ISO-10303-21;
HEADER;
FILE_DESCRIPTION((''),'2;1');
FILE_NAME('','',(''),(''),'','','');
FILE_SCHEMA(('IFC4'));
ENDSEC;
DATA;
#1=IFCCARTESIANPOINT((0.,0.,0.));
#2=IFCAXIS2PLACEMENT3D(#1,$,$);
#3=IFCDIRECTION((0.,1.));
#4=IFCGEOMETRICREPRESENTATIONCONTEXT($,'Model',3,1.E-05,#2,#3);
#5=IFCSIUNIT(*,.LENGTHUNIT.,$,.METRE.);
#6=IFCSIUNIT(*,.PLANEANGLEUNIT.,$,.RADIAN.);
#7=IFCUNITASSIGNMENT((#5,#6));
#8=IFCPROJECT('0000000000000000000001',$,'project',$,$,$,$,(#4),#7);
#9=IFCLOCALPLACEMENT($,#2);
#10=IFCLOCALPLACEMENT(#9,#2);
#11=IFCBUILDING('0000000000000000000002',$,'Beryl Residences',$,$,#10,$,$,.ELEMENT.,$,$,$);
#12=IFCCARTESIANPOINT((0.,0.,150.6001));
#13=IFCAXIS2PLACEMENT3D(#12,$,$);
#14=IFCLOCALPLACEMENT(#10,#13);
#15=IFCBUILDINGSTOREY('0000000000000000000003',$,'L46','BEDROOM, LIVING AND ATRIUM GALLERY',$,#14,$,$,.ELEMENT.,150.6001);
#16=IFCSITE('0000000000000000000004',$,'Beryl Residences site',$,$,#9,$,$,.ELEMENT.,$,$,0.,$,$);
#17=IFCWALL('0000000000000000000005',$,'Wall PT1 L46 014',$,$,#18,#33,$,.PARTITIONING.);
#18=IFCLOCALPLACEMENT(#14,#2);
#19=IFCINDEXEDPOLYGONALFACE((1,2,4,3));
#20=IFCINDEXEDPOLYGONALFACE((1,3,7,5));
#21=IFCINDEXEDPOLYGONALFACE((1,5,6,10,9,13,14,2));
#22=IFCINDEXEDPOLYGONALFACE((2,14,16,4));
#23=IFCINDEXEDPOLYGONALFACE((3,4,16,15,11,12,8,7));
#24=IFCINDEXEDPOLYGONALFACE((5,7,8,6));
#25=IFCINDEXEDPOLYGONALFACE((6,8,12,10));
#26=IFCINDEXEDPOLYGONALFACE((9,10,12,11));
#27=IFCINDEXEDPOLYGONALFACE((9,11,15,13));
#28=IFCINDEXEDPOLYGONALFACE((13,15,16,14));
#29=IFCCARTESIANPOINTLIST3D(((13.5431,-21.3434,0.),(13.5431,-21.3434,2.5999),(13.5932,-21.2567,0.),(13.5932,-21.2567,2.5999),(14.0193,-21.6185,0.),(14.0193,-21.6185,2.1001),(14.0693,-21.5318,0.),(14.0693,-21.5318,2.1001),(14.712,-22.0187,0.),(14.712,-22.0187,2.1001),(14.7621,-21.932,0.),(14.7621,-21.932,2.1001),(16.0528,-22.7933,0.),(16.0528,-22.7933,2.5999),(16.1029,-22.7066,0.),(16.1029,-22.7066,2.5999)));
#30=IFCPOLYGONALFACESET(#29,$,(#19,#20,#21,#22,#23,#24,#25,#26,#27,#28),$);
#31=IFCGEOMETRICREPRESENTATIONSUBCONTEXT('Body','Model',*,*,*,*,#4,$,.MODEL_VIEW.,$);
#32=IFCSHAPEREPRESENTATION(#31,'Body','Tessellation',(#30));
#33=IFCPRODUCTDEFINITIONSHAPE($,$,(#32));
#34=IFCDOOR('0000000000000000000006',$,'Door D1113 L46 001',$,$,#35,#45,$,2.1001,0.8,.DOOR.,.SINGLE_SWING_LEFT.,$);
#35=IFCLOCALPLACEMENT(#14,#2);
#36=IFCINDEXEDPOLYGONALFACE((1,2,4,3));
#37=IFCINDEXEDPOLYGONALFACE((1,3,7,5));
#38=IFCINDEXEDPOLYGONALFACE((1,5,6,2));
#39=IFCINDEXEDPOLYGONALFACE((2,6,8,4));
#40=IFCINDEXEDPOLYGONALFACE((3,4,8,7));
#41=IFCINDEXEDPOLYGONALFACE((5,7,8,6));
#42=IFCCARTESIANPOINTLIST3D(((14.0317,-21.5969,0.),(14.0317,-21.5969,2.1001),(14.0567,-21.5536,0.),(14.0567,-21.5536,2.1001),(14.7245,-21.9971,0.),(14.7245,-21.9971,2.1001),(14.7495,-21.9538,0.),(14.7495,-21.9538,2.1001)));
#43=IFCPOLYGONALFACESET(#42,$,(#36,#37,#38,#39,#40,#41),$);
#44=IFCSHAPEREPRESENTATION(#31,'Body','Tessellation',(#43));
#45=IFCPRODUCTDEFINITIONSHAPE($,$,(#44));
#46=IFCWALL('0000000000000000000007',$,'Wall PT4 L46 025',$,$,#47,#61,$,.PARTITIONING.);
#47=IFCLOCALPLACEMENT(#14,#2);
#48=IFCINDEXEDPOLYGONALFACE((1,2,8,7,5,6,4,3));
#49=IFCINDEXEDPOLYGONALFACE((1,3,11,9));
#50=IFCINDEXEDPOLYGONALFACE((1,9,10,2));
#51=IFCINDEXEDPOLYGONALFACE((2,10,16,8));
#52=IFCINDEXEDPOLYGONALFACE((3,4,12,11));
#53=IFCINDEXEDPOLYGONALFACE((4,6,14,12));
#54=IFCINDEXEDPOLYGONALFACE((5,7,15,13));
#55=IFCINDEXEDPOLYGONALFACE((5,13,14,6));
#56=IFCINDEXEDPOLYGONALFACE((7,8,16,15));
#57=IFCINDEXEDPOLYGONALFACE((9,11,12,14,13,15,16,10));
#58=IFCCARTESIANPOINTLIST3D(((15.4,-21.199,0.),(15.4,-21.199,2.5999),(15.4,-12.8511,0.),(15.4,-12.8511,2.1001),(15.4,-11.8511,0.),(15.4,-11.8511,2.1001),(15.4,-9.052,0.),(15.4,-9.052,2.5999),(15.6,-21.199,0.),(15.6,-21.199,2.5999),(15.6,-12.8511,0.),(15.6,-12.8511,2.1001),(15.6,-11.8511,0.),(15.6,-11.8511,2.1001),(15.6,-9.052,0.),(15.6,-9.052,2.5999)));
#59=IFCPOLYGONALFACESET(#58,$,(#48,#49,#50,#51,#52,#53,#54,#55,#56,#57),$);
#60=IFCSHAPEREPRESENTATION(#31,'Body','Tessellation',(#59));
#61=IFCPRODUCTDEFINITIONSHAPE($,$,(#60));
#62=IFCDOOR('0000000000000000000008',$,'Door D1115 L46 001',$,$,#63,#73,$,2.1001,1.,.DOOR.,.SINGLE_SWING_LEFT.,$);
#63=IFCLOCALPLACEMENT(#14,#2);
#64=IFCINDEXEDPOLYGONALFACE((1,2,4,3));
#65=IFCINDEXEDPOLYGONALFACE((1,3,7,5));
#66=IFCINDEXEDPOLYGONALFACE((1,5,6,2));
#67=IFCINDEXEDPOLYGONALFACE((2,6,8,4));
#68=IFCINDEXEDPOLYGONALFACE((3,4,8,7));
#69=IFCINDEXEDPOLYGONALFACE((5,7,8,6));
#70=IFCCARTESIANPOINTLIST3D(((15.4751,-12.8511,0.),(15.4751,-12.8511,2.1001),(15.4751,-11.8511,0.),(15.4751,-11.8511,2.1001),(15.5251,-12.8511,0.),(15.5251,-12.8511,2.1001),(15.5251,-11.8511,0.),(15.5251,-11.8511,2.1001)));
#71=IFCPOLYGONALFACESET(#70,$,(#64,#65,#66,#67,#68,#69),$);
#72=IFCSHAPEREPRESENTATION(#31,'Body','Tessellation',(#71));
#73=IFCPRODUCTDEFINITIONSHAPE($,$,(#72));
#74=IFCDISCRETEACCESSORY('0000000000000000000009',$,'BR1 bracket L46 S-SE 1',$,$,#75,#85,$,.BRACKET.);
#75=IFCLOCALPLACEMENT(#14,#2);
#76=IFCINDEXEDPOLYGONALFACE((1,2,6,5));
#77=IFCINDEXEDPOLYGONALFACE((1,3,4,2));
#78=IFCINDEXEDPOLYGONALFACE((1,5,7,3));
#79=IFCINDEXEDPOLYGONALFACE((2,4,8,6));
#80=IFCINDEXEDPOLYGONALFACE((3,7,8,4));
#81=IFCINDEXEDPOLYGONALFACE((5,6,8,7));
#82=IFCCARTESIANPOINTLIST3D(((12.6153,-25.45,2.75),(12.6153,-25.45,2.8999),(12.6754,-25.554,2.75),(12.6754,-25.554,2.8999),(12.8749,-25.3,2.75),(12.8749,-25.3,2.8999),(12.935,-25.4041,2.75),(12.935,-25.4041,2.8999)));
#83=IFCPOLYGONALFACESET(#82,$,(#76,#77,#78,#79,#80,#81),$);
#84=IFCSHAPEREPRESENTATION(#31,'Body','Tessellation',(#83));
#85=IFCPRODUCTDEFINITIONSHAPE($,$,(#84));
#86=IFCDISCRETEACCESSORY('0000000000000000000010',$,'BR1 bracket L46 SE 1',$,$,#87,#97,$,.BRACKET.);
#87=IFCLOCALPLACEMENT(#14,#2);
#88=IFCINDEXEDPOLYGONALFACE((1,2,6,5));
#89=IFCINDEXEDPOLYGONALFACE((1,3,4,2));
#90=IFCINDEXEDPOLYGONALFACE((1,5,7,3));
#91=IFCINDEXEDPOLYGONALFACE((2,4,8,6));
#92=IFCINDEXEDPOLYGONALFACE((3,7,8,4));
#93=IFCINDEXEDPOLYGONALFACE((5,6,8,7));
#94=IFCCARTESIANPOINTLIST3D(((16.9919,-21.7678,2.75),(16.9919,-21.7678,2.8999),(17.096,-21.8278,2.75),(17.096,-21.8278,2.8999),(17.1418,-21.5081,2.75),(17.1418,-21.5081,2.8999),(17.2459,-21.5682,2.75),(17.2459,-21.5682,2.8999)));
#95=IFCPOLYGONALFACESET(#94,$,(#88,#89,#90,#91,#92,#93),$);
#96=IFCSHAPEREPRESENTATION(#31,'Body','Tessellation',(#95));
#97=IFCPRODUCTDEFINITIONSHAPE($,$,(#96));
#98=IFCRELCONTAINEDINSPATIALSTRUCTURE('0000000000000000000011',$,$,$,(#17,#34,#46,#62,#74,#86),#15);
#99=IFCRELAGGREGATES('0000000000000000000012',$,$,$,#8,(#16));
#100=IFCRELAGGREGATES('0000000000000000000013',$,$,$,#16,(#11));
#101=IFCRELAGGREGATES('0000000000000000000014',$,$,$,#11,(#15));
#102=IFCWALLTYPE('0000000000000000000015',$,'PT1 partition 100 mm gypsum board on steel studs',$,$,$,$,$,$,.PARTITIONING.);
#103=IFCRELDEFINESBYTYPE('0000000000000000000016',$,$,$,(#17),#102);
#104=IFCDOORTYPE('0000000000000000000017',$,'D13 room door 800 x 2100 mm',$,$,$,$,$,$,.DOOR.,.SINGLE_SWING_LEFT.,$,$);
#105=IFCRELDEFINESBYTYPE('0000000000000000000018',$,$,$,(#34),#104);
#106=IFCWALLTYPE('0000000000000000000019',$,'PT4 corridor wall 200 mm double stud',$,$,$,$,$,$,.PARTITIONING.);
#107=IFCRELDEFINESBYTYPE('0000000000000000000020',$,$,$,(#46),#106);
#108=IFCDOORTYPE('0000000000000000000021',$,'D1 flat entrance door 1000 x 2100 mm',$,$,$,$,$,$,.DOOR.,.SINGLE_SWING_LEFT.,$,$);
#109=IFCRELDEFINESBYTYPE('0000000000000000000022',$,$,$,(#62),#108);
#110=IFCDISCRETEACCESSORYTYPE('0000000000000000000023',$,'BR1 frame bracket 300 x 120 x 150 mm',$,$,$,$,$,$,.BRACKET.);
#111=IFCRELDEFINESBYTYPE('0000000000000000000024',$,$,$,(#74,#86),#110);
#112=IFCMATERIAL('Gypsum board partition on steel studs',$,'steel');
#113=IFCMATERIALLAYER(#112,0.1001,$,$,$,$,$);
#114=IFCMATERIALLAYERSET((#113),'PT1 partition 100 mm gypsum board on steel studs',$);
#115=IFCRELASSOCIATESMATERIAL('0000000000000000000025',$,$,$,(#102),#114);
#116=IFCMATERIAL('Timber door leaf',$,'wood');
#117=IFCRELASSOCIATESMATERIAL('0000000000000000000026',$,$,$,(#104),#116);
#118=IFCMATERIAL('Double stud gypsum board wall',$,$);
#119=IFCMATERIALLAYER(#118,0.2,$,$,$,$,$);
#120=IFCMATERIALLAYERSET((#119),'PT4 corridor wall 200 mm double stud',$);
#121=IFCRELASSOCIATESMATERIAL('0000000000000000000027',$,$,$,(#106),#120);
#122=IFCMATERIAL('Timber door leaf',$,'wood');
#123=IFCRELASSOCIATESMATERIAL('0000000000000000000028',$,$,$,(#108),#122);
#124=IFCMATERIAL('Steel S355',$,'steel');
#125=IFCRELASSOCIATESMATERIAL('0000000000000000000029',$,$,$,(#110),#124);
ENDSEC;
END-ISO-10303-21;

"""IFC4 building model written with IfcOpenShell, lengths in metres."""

from ifc_helpers import new_model, si_unit, direction, frame, frame_2d, origin, place, context, subcontext, project, spatial, polyline, rectangle, outline, extrude, source, transform, mapped, material, layer, layer_set, type_object, type_shapes, element, fill, save


model = new_model("IFC4")

# Units and contexts
model_context = context("Model", 3, precision=1e-05, world=origin(), true_north=direction((0.0, 1.0)))
body_context = subcontext(model_context, "Body", "Model", "MODEL_VIEW")
ifc_project = project(units=[si_unit("LENGTHUNIT", "METRE"), si_unit("PLANEANGLEUNIT", "RADIAN")], contexts=[model_context])

# Site, building, storey
site_placement = place(None, origin())
site = spatial("IfcSite", under=ifc_project, at=site_placement, Name="Beryl Residences site", CompositionType="ELEMENT", RefElevation=0.0)
building_placement = place(site_placement, origin())
building = spatial("IfcBuilding", under=site, at=building_placement, Name="Beryl Residences", CompositionType="ELEMENT")
storey_placement = place(building_placement, frame((0.0, 0.0, 150.6001)))
storey = spatial("IfcBuildingStorey", under=building, at=storey_placement, Name="L46", Description="BEDROOM, LIVING AND ATRIUM GALLERY", CompositionType="ELEMENT", Elevation=150.6001)

# Walls, openings, doors
ifc_material_1 = material(Name="Gypsum board partition on steel studs", Category="steel")
ifc_layer_1 = layer(ifc_material_1, 0.1001)
ifc_layer_set_1 = layer_set([ifc_layer_1], Name="PT1 partition 100 mm gypsum board on steel studs")
wall_type_1 = type_object("IfcWallType", Name="PT1 partition 100 mm gypsum board on steel studs", PredefinedType="PARTITIONING", material=ifc_layer_set_1)
wall_1_placement = place(storey_placement, frame((13.5681, -21.3, 0.0), z_axis=(0.0, 0.0, 1.0), x_axis=(0.865885, -0.500243, 0.0)))
wall_1 = element("IfcWall", 1, at=wall_1_placement, inside=storey, type_object=wall_type_1, Name="Wall PT1 L46 014", PredefinedType="PARTITIONING", context=body_context, shape_type="SweptSolid", body=[
    extrude(rectangle(XDim=2.8984, YDim=0.1001, at=frame_2d((1.4492, 0.0))), origin(), (0.0, 0.0, 1.0), 2.5999),
])
opening_1_placement = place(wall_1_placement, frame((0.55, 0.0, 0.0)))
opening_1 = element("IfcOpeningElement", 2, at=opening_1_placement, cuts=wall_1, PredefinedType="OPENING", context=body_context, shape_type="SweptSolid", body=[
    extrude(rectangle(XDim=0.8, YDim=2.1001, at=frame_2d((0.3999, 1.05))), frame((0.0, 0.0601, 0.0), z_axis=(0.0, -1.0, 0.0), x_axis=(1.0, 0.0, 0.0)), (0.0, 0.0, 1.0), 0.1201),
])
ifc_material_2 = material(Name="Timber door leaf", Category="wood")
door_type_1 = type_object("IfcDoorType", Name="D13 room door 800 x 2100 mm", OperationType="SINGLE_SWING_LEFT", PredefinedType="DOOR", material=ifc_material_2)
door_1_placement = place(opening_1_placement, origin())
door_1 = element("IfcDoor", 3, at=door_1_placement, inside=storey, type_object=door_type_1, Name="Door D1113 L46 001", OperationType="SINGLE_SWING_LEFT", OverallHeight=2.1001, OverallWidth=0.8, PredefinedType="DOOR", context=body_context, shape_type="SweptSolid", body=[
    extrude(rectangle(XDim=0.8, YDim=2.1001, at=frame_2d((0.3999, 1.05))), frame((0.0, 0.0249, 0.0), z_axis=(0.0, -1.0, 0.0), x_axis=(1.0, 0.0, 0.0)), (0.0, 0.0, 1.0), 0.05),
])
fill(opening_1, door_1)
ifc_material_3 = material(Name="Double stud gypsum board wall")
ifc_layer_2 = layer(ifc_material_3, 0.2)
ifc_layer_set_2 = layer_set([ifc_layer_2], Name="PT4 corridor wall 200 mm double stud")
wall_type_2 = type_object("IfcWallType", Name="PT4 corridor wall 200 mm double stud", PredefinedType="PARTITIONING", material=ifc_layer_set_2)
wall_2_placement = place(storey_placement, frame((15.5, -21.199, 0.0), z_axis=(0.0, 0.0, 1.0), x_axis=(0.0, 1.0, 0.0)))
wall_2 = element("IfcWall", 4, at=wall_2_placement, inside=storey, type_object=wall_type_2, Name="Wall PT4 L46 025", PredefinedType="PARTITIONING", context=body_context, shape_type="SweptSolid", body=[
    extrude(rectangle(XDim=12.147, YDim=0.2, at=frame_2d((6.0735, 0.0))), origin(), (0.0, 0.0, 1.0), 2.5999),
])
opening_2_placement = place(wall_2_placement, frame((8.3479, 0.0, 0.0)))
opening_2 = element("IfcOpeningElement", 5, at=opening_2_placement, cuts=wall_2, PredefinedType="OPENING", context=body_context, shape_type="SweptSolid", body=[
    extrude(rectangle(XDim=1.0, YDim=2.1001, at=frame_2d((0.5, 1.05))), frame((0.0, 0.1099, 0.0), z_axis=(0.0, -1.0, 0.0), x_axis=(1.0, 0.0, 0.0)), (0.0, 0.0, 1.0), 0.22),
])
ifc_material_4 = material(Name="Timber door leaf", Category="wood")
door_type_2 = type_object("IfcDoorType", Name="D1 flat entrance door 1000 x 2100 mm", OperationType="SINGLE_SWING_LEFT", PredefinedType="DOOR", material=ifc_material_4)
door_2_placement = place(opening_2_placement, origin())
door_2 = element("IfcDoor", 6, at=door_2_placement, inside=storey, type_object=door_type_2, Name="Door D1115 L46 001", OperationType="SINGLE_SWING_LEFT", OverallHeight=2.1001, OverallWidth=1.0, PredefinedType="DOOR", context=body_context, shape_type="SweptSolid", body=[
    extrude(rectangle(XDim=1.0, YDim=2.1001, at=frame_2d((0.5, 1.05))), frame((0.0, 0.0249, 0.0), z_axis=(0.0, -1.0, 0.0), x_axis=(1.0, 0.0, 0.0)), (0.0, 0.0, 1.0), 0.05),
])
fill(opening_2, door_2)

# Discrete accessories
ifc_material_5 = material(Name="Steel S355", Category="steel")
discrete_accessory_type = type_object("IfcDiscreteAccessoryType", Name="BR1 frame bracket 300 x 120 x 150 mm", PredefinedType="BRACKET", material=ifc_material_5)
shared_shape_1 = source(origin(), body_context, "Body", "SweptSolid", [
    extrude(outline(polyline([(-0.1499, 0.0), (0.1499, 0.0), (0.1499, 0.1201), (-0.1499, 0.1201), (-0.1499, 0.0)])), origin(), (0.0, 0.0, 1.0), 0.1499),
])
type_shapes(discrete_accessory_type, [shared_shape_1])
for number, where, z_axis, x_axis, name in (
    (7, (12.7451, -25.375, 2.75), (0.0, 0.0, 1.0), (-0.866025, -0.5, 0.0), "BR1 bracket L46 S-SE 1"),
    (8, (17.0669, -21.6379, 2.75), (0.0, 0.0, 1.0), (-0.5, -0.866025, 0.0), "BR1 bracket L46 SE 1"),
):
    element("IfcDiscreteAccessory", number, at=place(storey_placement, frame(where, z_axis=z_axis, x_axis=x_axis)), inside=storey, type_object=discrete_accessory_type, Name=name, PredefinedType="BRACKET", context=body_context, shape_type="MappedRepresentation", body=[
        mapped(shared_shape_1, transform((0.0, 0.0, 0.0))),
    ])

save(model, "model.ifc")
